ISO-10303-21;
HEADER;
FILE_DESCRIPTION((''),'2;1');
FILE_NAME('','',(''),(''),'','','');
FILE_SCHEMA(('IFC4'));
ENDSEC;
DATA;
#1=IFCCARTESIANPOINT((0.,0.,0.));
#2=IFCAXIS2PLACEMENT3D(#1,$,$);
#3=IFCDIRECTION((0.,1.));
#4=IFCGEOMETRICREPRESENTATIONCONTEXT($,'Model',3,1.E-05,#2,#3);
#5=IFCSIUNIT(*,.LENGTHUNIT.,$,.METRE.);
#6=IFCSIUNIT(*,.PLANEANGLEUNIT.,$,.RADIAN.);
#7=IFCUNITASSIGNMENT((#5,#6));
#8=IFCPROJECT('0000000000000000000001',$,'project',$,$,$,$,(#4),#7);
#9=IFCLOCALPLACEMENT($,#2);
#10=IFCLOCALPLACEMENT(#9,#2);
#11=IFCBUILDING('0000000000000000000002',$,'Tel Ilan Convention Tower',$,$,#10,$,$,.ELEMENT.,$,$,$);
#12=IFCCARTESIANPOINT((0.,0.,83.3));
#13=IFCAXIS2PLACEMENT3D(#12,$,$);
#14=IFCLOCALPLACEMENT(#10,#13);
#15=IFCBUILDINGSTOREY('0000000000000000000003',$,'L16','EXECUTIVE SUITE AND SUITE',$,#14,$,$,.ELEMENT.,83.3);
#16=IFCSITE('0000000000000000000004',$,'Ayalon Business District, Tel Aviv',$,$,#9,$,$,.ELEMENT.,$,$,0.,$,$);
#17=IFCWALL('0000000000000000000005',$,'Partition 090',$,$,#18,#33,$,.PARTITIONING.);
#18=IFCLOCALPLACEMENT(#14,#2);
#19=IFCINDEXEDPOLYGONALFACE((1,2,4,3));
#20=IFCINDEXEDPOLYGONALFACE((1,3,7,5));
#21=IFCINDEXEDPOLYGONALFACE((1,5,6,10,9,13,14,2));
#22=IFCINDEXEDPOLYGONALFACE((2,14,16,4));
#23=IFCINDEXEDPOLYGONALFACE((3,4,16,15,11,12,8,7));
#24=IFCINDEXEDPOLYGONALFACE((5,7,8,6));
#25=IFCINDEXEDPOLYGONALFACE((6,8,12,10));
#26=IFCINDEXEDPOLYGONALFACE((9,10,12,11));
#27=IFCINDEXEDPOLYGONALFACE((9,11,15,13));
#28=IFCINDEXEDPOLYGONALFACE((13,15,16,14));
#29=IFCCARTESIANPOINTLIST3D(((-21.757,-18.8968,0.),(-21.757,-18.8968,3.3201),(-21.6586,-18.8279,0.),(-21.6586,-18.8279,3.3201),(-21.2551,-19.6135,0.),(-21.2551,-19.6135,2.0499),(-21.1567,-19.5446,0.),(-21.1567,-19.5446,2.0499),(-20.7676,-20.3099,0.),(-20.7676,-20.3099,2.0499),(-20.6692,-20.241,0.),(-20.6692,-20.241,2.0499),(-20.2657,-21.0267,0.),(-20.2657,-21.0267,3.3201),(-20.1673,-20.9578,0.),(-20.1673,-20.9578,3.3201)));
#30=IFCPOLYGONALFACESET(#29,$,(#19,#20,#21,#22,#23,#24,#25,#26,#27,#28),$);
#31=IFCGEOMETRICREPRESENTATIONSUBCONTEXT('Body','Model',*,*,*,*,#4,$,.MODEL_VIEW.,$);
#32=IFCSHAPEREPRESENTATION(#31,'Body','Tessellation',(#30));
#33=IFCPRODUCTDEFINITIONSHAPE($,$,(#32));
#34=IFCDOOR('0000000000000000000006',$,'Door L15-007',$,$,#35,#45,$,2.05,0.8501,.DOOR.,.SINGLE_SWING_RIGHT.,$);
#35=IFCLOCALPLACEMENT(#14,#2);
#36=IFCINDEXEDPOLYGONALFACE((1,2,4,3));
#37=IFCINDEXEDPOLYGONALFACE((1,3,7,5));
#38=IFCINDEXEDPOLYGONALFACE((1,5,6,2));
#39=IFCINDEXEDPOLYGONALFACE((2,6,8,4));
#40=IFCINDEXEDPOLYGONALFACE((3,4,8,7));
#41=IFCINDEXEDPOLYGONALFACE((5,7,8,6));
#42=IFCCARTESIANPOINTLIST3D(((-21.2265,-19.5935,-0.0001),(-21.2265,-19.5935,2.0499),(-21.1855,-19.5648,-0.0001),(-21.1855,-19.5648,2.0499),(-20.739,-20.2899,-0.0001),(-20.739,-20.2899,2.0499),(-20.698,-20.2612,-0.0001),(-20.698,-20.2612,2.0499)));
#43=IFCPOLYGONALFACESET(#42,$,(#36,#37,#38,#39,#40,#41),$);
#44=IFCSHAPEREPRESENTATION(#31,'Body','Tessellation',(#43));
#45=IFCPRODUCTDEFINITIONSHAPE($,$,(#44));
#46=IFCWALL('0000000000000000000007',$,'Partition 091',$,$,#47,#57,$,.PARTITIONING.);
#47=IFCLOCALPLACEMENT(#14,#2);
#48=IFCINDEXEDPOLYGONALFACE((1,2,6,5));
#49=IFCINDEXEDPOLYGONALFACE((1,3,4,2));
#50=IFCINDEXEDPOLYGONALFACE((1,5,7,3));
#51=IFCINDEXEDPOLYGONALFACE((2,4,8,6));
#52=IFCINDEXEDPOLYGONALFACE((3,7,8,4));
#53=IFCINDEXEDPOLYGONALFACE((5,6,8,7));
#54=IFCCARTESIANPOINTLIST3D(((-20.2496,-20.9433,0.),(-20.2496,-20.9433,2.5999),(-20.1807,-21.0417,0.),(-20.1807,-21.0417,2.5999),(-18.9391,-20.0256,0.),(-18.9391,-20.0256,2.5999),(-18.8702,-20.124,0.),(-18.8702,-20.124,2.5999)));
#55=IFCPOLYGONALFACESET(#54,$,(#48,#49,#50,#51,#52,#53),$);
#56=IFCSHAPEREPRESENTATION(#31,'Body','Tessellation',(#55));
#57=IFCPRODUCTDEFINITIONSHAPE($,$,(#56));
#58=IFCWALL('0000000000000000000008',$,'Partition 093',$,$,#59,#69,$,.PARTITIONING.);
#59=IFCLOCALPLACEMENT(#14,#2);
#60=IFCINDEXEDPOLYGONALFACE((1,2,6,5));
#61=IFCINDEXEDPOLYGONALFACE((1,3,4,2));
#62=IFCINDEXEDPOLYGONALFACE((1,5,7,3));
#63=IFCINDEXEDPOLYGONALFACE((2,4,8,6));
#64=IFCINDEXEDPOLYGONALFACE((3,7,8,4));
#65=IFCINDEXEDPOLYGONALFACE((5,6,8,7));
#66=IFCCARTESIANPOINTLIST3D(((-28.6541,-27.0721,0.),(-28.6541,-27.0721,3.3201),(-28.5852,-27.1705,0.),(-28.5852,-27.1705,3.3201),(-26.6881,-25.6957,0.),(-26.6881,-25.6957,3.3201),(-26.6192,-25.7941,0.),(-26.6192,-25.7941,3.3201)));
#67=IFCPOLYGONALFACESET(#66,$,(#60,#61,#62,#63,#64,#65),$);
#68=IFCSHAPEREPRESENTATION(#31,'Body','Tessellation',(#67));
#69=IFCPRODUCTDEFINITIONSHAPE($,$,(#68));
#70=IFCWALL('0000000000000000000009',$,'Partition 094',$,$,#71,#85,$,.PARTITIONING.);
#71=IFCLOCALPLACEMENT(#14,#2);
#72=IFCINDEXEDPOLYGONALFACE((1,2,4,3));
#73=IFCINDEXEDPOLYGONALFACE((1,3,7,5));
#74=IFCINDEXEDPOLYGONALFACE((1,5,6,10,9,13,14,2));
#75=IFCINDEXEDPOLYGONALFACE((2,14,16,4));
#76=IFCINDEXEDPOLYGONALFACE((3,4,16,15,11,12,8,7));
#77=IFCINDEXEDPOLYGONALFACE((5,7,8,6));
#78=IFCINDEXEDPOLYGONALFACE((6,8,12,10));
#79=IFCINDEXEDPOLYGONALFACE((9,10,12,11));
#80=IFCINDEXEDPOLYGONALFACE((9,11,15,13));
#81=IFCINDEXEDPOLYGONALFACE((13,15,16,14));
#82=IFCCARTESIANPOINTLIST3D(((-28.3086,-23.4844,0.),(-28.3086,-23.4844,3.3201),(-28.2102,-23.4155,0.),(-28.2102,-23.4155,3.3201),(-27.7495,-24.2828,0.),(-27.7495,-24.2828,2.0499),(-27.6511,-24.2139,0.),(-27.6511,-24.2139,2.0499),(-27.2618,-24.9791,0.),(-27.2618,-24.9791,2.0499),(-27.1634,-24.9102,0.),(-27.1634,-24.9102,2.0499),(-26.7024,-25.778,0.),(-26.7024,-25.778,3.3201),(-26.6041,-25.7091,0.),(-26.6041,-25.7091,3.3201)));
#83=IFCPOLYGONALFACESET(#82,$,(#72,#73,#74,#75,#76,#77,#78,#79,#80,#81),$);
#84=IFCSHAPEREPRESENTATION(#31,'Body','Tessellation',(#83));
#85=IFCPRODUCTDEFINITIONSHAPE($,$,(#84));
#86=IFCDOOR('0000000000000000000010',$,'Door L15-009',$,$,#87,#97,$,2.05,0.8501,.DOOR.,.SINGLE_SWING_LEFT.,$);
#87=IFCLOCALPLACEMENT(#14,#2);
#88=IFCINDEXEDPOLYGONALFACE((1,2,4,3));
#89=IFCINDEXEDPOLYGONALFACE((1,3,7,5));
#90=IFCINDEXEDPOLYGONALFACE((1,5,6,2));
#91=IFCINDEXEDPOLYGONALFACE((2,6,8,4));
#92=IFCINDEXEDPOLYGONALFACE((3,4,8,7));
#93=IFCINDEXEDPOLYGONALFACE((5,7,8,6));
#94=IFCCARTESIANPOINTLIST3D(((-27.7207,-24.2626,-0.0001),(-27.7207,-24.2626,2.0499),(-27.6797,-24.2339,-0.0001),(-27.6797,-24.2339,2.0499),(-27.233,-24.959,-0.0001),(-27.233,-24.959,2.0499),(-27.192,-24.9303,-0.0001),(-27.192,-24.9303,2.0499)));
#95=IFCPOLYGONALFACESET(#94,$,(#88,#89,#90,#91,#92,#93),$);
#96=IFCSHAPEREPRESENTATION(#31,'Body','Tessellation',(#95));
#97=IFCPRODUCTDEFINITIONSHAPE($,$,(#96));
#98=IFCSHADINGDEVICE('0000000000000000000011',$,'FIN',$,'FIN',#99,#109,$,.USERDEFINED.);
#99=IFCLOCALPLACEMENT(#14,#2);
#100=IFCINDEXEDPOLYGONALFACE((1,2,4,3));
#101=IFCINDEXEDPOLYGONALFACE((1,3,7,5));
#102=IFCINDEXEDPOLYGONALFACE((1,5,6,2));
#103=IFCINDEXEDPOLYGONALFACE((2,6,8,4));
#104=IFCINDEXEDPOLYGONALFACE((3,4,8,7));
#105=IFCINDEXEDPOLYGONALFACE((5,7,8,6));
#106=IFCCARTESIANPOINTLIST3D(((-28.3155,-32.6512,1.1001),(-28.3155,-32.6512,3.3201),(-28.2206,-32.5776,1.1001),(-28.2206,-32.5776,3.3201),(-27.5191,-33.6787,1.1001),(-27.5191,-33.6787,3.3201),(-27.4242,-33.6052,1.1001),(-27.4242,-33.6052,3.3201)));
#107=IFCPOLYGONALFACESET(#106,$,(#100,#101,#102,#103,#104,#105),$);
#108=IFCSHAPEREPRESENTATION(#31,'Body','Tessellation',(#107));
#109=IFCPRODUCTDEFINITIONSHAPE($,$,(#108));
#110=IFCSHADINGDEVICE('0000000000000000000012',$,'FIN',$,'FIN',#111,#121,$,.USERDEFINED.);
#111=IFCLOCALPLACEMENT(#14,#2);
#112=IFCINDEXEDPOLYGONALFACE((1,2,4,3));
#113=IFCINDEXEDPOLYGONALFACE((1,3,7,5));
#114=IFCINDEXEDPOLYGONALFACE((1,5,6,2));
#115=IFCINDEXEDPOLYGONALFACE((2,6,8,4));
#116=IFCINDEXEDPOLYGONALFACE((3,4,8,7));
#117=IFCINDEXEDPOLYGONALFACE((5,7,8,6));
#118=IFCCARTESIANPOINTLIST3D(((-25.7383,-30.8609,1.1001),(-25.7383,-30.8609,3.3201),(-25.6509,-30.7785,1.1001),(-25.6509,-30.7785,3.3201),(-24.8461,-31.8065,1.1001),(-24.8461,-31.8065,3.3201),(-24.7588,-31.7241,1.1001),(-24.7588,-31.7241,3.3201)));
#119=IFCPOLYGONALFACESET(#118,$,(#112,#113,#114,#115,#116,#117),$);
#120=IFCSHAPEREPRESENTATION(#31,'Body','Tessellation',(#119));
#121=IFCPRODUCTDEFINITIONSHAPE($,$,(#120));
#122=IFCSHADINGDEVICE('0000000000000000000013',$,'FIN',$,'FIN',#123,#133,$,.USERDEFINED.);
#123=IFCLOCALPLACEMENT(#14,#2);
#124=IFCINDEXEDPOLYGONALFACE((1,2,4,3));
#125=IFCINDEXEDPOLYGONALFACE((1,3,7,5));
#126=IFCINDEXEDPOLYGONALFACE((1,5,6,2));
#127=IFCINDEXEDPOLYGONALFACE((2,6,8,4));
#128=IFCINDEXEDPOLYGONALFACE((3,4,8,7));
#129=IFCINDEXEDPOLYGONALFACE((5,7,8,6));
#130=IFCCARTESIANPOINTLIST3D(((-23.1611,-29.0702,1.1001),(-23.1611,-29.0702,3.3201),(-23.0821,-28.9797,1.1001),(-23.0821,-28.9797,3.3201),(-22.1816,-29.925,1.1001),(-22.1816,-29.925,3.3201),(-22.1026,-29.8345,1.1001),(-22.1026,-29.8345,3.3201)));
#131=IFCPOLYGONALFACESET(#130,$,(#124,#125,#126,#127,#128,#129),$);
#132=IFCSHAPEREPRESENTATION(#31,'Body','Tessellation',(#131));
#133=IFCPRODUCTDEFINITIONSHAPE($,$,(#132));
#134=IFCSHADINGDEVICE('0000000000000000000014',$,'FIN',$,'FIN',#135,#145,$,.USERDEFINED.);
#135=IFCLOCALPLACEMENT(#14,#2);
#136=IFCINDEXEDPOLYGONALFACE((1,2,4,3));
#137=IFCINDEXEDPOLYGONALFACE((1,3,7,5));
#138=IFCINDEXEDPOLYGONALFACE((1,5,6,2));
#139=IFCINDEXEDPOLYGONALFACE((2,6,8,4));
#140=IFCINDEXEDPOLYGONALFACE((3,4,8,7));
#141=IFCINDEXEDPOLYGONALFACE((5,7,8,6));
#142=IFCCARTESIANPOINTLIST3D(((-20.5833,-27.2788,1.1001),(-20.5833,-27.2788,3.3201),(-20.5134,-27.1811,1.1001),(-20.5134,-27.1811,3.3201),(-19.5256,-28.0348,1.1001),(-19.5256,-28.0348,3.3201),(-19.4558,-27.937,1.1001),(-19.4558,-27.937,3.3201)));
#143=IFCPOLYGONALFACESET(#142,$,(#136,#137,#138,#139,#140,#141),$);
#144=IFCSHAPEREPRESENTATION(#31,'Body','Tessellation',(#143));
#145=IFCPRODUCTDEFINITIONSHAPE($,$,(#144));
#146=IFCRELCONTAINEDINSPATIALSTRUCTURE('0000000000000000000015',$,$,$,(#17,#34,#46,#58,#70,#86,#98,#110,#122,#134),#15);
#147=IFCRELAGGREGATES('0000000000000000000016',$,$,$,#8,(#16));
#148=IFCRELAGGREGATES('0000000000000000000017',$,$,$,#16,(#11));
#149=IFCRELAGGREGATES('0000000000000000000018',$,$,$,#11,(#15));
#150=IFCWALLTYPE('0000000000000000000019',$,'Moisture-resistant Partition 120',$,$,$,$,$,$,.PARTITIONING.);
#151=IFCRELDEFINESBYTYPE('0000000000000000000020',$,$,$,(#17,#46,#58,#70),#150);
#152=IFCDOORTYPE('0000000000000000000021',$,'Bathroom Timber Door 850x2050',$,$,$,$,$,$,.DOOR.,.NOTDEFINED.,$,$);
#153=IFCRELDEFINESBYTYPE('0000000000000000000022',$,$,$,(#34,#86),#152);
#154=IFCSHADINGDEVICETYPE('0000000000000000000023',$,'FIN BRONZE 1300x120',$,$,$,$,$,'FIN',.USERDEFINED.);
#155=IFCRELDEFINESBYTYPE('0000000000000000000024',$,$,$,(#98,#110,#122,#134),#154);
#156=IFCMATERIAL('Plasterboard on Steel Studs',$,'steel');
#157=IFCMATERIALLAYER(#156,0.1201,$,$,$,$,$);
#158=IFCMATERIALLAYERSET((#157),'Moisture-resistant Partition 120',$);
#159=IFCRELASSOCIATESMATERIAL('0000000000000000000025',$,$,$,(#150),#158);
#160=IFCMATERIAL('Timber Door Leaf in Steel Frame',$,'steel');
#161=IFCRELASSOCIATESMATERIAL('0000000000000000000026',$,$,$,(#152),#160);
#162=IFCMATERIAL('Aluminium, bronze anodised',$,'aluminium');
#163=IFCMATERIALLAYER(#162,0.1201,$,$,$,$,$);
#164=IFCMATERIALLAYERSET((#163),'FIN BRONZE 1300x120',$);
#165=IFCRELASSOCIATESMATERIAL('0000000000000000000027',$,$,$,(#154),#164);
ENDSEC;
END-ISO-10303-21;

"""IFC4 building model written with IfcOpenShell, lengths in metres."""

from ifc_helpers import new_model, si_unit, direction, frame, frame_2d, origin, origin_2d, place, context, subcontext, project, spatial, rectangle, extrude, material, layer, layer_set, type_object, element, fill, save


model = new_model("IFC4")

# Units and contexts
model_context = context("Model", 3, precision=1e-05, world=origin(), true_north=direction((0.0, 1.0)))
body_context = subcontext(model_context, "Body", "Model", "MODEL_VIEW")
ifc_project = project(units=[si_unit("LENGTHUNIT", "METRE"), si_unit("PLANEANGLEUNIT", "RADIAN")], contexts=[model_context])

# Site, building, storey
site_placement = place(None, origin())
site = spatial("IfcSite", under=ifc_project, at=site_placement, Name="Ayalon Business District, Tel Aviv", CompositionType="ELEMENT", RefElevation=0.0)
building_placement = place(site_placement, origin())
building = spatial("IfcBuilding", under=site, at=building_placement, Name="Tel Ilan Convention Tower", CompositionType="ELEMENT")
storey_placement = place(building_placement, frame((0.0, 0.0, 83.3)))
storey = spatial("IfcBuildingStorey", under=building, at=storey_placement, Name="L16", Description="EXECUTIVE SUITE AND SUITE", CompositionType="ELEMENT", Elevation=83.3)

# Wall, opening, door
ifc_material_1 = material(Name="Plasterboard on Steel Studs", Category="steel")
ifc_layer_1 = layer(ifc_material_1, 0.1201)
ifc_layer_set_1 = layer_set([ifc_layer_1], Name="Moisture-resistant Partition 120")
wall_type_1 = type_object("IfcWallType", Name="Moisture-resistant Partition 120", PredefinedType="PARTITIONING", material=ifc_layer_set_1)
wall_1_placement = place(storey_placement, frame((-21.7078, -18.8623, 0.0), z_axis=(0.0, 0.0, 1.0), x_axis=(0.573538, -0.819179, 0.0)))
wall_1 = element("IfcWall", 1, at=wall_1_placement, inside=storey, type_object=wall_type_1, Name="Partition 090", PredefinedType="PARTITIONING", context=body_context, shape_type="SweptSolid", body=[
    extrude(rectangle(XDim=2.6001, YDim=0.1201, at=frame_2d((1.3, 0.0))), origin(), (0.0, 0.0, 1.0), 3.3201),
])
opening_1_placement = place(wall_1_placement, frame((0.875, 0.0, 0.0)))
opening_1 = element("IfcOpeningElement", 2, at=opening_1_placement, cuts=wall_1, PredefinedType="OPENING", context=body_context, shape_type="SweptSolid", body=[
    extrude(rectangle(XDim=0.8501, YDim=2.05, at=frame_2d((0.425, 1.0249))), frame((0.0, 0.0701, 0.0), z_axis=(0.0, -1.0, 0.0), x_axis=(1.0, 0.0, 0.0)), (0.0, 0.0, 1.0), 0.1401),
])
ifc_material_2 = material(Name="Timber Door Leaf in Steel Frame", Category="steel")
door_type_1 = type_object("IfcDoorType", Name="Bathroom Timber Door 850x2050", OperationType="NOTDEFINED", PredefinedType="DOOR", material=ifc_material_2)
door_1_placement = place(opening_1_placement, origin())
door_1 = element("IfcDoor", 3, at=door_1_placement, inside=storey, type_object=door_type_1, Name="Door L15-007", OperationType="SINGLE_SWING_RIGHT", OverallHeight=2.05, OverallWidth=0.8501, PredefinedType="DOOR", context=body_context, shape_type="SweptSolid", body=[
    extrude(rectangle(XDim=0.8501, YDim=2.05, at=frame_2d((0.425, 1.0249))), frame((0.0, 0.0249, 0.0), z_axis=(0.0, -1.0, 0.0), x_axis=(1.0, 0.0, 0.0)), (0.0, 0.0, 1.0), 0.05),
])
fill(opening_1, door_1)

# Walls
wall_2_placement = place(storey_placement, frame((-20.2151, -20.9924, 0.0), z_axis=(0.0, 0.0, 1.0), x_axis=(0.819132, 0.573606, 0.0)))
element("IfcWall", 4, at=wall_2_placement, inside=storey, type_object=wall_type_1, Name="Partition 091", PredefinedType="PARTITIONING", context=body_context, shape_type="SweptSolid", body=[
    extrude(rectangle(XDim=1.5999, YDim=0.1201, at=frame_2d((0.7998, 0.0))), origin(), (0.0, 0.0, 1.0), 2.5999),
])
wall_3_placement = place(storey_placement, frame((-28.6196, -27.1213, 0.0), z_axis=(0.0, 0.0, 1.0), x_axis=(0.819189, 0.573524, 0.0)))
element("IfcWall", 5, at=wall_3_placement, inside=storey, type_object=wall_type_1, Name="Partition 093", PredefinedType="PARTITIONING", context=body_context, shape_type="SweptSolid", body=[
    extrude(rectangle(XDim=2.3999, YDim=0.1201, at=frame_2d((1.2, 0.0))), origin(), (0.0, 0.0, 1.0), 3.3201),
])

# Wall, opening, door
wall_4_placement = place(storey_placement, frame((-26.6533, -25.7434, 0.0), z_axis=(0.0, 0.0, 1.0), x_axis=(-0.573609, 0.81913, 0.0)))
wall_4 = element("IfcWall", 6, at=wall_4_placement, inside=storey, type_object=wall_type_1, Name="Partition 094", PredefinedType="PARTITIONING", context=body_context, shape_type="SweptSolid", body=[
    extrude(rectangle(XDim=2.8, YDim=0.1201, at=frame_2d((1.3999, 0.0))), origin(), (0.0, 0.0, 1.0), 3.3201),
])
opening_2_placement = place(wall_4_placement, frame((0.9751, 0.0, 0.0)))
opening_2 = element("IfcOpeningElement", 7, at=opening_2_placement, cuts=wall_4, PredefinedType="OPENING", context=body_context, shape_type="SweptSolid", body=[
    extrude(rectangle(XDim=0.8501, YDim=2.05, at=frame_2d((0.425, 1.0249))), frame((0.0, 0.0701, 0.0), z_axis=(0.0, -1.0, 0.0), x_axis=(1.0, 0.0, 0.0)), (0.0, 0.0, 1.0), 0.1401),
])
door_2_placement = place(opening_2_placement, origin())
door_2 = element("IfcDoor", 8, at=door_2_placement, inside=storey, type_object=door_type_1, Name="Door L15-009", OperationType="SINGLE_SWING_LEFT", OverallHeight=2.05, OverallWidth=0.8501, PredefinedType="DOOR", context=body_context, shape_type="SweptSolid", body=[
    extrude(rectangle(XDim=0.8501, YDim=2.05, at=frame_2d((0.425, 1.0249))), frame((0.0, 0.0249, 0.0), z_axis=(0.0, -1.0, 0.0), x_axis=(1.0, 0.0, 0.0)), (0.0, 0.0, 1.0), 0.05),
])
fill(opening_2, door_2)

# Shading devices
ifc_material_3 = material(Name="Aluminium, bronze anodised", Category="aluminium")
ifc_layer_2 = layer(ifc_material_3, 0.1201)
ifc_layer_set_2 = layer_set([ifc_layer_2], Name="FIN BRONZE 1300x120")
shading_device_type = type_object("IfcShadingDeviceType", Name="FIN BRONZE 1300x120", ElementType="FIN", PredefinedType="USERDEFINED", material=ifc_layer_set_2)
for number, where, z_axis, x_axis, name in (
    (9, (-27.8699, -33.1282, 1.1001), (0.0, 0.0, 1.0), (0.612601, -0.790393, 0.0), "FIN"),
    (10, (-25.2485, -31.2925, 1.1001), (0.0, 0.0, 1.0), (0.686242, -0.727374, 0.0), "FIN"),
    (11, (-22.6318, -29.4524, 1.1001), (0.0, 0.0, 1.0), (0.753436, -0.657521, 0.0), "FIN"),
    (12, (-20.0195, -27.6079, 1.1001), (0.0, 0.0, 1.0), (0.813552, -0.581492, 0.0), "FIN"),
):
    element("IfcShadingDevice", number, at=place(storey_placement, frame(where, z_axis=z_axis, x_axis=x_axis)), inside=storey, type_object=shading_device_type, Name=name, ObjectType="FIN", PredefinedType="USERDEFINED", context=body_context, shape_type="SweptSolid", body=[
        extrude(rectangle(XDim=1.3, YDim=0.1201, at=origin_2d()), origin(), (0.0, 0.0, 1.0), 2.22),
    ])

save(model, "model.ifc")
